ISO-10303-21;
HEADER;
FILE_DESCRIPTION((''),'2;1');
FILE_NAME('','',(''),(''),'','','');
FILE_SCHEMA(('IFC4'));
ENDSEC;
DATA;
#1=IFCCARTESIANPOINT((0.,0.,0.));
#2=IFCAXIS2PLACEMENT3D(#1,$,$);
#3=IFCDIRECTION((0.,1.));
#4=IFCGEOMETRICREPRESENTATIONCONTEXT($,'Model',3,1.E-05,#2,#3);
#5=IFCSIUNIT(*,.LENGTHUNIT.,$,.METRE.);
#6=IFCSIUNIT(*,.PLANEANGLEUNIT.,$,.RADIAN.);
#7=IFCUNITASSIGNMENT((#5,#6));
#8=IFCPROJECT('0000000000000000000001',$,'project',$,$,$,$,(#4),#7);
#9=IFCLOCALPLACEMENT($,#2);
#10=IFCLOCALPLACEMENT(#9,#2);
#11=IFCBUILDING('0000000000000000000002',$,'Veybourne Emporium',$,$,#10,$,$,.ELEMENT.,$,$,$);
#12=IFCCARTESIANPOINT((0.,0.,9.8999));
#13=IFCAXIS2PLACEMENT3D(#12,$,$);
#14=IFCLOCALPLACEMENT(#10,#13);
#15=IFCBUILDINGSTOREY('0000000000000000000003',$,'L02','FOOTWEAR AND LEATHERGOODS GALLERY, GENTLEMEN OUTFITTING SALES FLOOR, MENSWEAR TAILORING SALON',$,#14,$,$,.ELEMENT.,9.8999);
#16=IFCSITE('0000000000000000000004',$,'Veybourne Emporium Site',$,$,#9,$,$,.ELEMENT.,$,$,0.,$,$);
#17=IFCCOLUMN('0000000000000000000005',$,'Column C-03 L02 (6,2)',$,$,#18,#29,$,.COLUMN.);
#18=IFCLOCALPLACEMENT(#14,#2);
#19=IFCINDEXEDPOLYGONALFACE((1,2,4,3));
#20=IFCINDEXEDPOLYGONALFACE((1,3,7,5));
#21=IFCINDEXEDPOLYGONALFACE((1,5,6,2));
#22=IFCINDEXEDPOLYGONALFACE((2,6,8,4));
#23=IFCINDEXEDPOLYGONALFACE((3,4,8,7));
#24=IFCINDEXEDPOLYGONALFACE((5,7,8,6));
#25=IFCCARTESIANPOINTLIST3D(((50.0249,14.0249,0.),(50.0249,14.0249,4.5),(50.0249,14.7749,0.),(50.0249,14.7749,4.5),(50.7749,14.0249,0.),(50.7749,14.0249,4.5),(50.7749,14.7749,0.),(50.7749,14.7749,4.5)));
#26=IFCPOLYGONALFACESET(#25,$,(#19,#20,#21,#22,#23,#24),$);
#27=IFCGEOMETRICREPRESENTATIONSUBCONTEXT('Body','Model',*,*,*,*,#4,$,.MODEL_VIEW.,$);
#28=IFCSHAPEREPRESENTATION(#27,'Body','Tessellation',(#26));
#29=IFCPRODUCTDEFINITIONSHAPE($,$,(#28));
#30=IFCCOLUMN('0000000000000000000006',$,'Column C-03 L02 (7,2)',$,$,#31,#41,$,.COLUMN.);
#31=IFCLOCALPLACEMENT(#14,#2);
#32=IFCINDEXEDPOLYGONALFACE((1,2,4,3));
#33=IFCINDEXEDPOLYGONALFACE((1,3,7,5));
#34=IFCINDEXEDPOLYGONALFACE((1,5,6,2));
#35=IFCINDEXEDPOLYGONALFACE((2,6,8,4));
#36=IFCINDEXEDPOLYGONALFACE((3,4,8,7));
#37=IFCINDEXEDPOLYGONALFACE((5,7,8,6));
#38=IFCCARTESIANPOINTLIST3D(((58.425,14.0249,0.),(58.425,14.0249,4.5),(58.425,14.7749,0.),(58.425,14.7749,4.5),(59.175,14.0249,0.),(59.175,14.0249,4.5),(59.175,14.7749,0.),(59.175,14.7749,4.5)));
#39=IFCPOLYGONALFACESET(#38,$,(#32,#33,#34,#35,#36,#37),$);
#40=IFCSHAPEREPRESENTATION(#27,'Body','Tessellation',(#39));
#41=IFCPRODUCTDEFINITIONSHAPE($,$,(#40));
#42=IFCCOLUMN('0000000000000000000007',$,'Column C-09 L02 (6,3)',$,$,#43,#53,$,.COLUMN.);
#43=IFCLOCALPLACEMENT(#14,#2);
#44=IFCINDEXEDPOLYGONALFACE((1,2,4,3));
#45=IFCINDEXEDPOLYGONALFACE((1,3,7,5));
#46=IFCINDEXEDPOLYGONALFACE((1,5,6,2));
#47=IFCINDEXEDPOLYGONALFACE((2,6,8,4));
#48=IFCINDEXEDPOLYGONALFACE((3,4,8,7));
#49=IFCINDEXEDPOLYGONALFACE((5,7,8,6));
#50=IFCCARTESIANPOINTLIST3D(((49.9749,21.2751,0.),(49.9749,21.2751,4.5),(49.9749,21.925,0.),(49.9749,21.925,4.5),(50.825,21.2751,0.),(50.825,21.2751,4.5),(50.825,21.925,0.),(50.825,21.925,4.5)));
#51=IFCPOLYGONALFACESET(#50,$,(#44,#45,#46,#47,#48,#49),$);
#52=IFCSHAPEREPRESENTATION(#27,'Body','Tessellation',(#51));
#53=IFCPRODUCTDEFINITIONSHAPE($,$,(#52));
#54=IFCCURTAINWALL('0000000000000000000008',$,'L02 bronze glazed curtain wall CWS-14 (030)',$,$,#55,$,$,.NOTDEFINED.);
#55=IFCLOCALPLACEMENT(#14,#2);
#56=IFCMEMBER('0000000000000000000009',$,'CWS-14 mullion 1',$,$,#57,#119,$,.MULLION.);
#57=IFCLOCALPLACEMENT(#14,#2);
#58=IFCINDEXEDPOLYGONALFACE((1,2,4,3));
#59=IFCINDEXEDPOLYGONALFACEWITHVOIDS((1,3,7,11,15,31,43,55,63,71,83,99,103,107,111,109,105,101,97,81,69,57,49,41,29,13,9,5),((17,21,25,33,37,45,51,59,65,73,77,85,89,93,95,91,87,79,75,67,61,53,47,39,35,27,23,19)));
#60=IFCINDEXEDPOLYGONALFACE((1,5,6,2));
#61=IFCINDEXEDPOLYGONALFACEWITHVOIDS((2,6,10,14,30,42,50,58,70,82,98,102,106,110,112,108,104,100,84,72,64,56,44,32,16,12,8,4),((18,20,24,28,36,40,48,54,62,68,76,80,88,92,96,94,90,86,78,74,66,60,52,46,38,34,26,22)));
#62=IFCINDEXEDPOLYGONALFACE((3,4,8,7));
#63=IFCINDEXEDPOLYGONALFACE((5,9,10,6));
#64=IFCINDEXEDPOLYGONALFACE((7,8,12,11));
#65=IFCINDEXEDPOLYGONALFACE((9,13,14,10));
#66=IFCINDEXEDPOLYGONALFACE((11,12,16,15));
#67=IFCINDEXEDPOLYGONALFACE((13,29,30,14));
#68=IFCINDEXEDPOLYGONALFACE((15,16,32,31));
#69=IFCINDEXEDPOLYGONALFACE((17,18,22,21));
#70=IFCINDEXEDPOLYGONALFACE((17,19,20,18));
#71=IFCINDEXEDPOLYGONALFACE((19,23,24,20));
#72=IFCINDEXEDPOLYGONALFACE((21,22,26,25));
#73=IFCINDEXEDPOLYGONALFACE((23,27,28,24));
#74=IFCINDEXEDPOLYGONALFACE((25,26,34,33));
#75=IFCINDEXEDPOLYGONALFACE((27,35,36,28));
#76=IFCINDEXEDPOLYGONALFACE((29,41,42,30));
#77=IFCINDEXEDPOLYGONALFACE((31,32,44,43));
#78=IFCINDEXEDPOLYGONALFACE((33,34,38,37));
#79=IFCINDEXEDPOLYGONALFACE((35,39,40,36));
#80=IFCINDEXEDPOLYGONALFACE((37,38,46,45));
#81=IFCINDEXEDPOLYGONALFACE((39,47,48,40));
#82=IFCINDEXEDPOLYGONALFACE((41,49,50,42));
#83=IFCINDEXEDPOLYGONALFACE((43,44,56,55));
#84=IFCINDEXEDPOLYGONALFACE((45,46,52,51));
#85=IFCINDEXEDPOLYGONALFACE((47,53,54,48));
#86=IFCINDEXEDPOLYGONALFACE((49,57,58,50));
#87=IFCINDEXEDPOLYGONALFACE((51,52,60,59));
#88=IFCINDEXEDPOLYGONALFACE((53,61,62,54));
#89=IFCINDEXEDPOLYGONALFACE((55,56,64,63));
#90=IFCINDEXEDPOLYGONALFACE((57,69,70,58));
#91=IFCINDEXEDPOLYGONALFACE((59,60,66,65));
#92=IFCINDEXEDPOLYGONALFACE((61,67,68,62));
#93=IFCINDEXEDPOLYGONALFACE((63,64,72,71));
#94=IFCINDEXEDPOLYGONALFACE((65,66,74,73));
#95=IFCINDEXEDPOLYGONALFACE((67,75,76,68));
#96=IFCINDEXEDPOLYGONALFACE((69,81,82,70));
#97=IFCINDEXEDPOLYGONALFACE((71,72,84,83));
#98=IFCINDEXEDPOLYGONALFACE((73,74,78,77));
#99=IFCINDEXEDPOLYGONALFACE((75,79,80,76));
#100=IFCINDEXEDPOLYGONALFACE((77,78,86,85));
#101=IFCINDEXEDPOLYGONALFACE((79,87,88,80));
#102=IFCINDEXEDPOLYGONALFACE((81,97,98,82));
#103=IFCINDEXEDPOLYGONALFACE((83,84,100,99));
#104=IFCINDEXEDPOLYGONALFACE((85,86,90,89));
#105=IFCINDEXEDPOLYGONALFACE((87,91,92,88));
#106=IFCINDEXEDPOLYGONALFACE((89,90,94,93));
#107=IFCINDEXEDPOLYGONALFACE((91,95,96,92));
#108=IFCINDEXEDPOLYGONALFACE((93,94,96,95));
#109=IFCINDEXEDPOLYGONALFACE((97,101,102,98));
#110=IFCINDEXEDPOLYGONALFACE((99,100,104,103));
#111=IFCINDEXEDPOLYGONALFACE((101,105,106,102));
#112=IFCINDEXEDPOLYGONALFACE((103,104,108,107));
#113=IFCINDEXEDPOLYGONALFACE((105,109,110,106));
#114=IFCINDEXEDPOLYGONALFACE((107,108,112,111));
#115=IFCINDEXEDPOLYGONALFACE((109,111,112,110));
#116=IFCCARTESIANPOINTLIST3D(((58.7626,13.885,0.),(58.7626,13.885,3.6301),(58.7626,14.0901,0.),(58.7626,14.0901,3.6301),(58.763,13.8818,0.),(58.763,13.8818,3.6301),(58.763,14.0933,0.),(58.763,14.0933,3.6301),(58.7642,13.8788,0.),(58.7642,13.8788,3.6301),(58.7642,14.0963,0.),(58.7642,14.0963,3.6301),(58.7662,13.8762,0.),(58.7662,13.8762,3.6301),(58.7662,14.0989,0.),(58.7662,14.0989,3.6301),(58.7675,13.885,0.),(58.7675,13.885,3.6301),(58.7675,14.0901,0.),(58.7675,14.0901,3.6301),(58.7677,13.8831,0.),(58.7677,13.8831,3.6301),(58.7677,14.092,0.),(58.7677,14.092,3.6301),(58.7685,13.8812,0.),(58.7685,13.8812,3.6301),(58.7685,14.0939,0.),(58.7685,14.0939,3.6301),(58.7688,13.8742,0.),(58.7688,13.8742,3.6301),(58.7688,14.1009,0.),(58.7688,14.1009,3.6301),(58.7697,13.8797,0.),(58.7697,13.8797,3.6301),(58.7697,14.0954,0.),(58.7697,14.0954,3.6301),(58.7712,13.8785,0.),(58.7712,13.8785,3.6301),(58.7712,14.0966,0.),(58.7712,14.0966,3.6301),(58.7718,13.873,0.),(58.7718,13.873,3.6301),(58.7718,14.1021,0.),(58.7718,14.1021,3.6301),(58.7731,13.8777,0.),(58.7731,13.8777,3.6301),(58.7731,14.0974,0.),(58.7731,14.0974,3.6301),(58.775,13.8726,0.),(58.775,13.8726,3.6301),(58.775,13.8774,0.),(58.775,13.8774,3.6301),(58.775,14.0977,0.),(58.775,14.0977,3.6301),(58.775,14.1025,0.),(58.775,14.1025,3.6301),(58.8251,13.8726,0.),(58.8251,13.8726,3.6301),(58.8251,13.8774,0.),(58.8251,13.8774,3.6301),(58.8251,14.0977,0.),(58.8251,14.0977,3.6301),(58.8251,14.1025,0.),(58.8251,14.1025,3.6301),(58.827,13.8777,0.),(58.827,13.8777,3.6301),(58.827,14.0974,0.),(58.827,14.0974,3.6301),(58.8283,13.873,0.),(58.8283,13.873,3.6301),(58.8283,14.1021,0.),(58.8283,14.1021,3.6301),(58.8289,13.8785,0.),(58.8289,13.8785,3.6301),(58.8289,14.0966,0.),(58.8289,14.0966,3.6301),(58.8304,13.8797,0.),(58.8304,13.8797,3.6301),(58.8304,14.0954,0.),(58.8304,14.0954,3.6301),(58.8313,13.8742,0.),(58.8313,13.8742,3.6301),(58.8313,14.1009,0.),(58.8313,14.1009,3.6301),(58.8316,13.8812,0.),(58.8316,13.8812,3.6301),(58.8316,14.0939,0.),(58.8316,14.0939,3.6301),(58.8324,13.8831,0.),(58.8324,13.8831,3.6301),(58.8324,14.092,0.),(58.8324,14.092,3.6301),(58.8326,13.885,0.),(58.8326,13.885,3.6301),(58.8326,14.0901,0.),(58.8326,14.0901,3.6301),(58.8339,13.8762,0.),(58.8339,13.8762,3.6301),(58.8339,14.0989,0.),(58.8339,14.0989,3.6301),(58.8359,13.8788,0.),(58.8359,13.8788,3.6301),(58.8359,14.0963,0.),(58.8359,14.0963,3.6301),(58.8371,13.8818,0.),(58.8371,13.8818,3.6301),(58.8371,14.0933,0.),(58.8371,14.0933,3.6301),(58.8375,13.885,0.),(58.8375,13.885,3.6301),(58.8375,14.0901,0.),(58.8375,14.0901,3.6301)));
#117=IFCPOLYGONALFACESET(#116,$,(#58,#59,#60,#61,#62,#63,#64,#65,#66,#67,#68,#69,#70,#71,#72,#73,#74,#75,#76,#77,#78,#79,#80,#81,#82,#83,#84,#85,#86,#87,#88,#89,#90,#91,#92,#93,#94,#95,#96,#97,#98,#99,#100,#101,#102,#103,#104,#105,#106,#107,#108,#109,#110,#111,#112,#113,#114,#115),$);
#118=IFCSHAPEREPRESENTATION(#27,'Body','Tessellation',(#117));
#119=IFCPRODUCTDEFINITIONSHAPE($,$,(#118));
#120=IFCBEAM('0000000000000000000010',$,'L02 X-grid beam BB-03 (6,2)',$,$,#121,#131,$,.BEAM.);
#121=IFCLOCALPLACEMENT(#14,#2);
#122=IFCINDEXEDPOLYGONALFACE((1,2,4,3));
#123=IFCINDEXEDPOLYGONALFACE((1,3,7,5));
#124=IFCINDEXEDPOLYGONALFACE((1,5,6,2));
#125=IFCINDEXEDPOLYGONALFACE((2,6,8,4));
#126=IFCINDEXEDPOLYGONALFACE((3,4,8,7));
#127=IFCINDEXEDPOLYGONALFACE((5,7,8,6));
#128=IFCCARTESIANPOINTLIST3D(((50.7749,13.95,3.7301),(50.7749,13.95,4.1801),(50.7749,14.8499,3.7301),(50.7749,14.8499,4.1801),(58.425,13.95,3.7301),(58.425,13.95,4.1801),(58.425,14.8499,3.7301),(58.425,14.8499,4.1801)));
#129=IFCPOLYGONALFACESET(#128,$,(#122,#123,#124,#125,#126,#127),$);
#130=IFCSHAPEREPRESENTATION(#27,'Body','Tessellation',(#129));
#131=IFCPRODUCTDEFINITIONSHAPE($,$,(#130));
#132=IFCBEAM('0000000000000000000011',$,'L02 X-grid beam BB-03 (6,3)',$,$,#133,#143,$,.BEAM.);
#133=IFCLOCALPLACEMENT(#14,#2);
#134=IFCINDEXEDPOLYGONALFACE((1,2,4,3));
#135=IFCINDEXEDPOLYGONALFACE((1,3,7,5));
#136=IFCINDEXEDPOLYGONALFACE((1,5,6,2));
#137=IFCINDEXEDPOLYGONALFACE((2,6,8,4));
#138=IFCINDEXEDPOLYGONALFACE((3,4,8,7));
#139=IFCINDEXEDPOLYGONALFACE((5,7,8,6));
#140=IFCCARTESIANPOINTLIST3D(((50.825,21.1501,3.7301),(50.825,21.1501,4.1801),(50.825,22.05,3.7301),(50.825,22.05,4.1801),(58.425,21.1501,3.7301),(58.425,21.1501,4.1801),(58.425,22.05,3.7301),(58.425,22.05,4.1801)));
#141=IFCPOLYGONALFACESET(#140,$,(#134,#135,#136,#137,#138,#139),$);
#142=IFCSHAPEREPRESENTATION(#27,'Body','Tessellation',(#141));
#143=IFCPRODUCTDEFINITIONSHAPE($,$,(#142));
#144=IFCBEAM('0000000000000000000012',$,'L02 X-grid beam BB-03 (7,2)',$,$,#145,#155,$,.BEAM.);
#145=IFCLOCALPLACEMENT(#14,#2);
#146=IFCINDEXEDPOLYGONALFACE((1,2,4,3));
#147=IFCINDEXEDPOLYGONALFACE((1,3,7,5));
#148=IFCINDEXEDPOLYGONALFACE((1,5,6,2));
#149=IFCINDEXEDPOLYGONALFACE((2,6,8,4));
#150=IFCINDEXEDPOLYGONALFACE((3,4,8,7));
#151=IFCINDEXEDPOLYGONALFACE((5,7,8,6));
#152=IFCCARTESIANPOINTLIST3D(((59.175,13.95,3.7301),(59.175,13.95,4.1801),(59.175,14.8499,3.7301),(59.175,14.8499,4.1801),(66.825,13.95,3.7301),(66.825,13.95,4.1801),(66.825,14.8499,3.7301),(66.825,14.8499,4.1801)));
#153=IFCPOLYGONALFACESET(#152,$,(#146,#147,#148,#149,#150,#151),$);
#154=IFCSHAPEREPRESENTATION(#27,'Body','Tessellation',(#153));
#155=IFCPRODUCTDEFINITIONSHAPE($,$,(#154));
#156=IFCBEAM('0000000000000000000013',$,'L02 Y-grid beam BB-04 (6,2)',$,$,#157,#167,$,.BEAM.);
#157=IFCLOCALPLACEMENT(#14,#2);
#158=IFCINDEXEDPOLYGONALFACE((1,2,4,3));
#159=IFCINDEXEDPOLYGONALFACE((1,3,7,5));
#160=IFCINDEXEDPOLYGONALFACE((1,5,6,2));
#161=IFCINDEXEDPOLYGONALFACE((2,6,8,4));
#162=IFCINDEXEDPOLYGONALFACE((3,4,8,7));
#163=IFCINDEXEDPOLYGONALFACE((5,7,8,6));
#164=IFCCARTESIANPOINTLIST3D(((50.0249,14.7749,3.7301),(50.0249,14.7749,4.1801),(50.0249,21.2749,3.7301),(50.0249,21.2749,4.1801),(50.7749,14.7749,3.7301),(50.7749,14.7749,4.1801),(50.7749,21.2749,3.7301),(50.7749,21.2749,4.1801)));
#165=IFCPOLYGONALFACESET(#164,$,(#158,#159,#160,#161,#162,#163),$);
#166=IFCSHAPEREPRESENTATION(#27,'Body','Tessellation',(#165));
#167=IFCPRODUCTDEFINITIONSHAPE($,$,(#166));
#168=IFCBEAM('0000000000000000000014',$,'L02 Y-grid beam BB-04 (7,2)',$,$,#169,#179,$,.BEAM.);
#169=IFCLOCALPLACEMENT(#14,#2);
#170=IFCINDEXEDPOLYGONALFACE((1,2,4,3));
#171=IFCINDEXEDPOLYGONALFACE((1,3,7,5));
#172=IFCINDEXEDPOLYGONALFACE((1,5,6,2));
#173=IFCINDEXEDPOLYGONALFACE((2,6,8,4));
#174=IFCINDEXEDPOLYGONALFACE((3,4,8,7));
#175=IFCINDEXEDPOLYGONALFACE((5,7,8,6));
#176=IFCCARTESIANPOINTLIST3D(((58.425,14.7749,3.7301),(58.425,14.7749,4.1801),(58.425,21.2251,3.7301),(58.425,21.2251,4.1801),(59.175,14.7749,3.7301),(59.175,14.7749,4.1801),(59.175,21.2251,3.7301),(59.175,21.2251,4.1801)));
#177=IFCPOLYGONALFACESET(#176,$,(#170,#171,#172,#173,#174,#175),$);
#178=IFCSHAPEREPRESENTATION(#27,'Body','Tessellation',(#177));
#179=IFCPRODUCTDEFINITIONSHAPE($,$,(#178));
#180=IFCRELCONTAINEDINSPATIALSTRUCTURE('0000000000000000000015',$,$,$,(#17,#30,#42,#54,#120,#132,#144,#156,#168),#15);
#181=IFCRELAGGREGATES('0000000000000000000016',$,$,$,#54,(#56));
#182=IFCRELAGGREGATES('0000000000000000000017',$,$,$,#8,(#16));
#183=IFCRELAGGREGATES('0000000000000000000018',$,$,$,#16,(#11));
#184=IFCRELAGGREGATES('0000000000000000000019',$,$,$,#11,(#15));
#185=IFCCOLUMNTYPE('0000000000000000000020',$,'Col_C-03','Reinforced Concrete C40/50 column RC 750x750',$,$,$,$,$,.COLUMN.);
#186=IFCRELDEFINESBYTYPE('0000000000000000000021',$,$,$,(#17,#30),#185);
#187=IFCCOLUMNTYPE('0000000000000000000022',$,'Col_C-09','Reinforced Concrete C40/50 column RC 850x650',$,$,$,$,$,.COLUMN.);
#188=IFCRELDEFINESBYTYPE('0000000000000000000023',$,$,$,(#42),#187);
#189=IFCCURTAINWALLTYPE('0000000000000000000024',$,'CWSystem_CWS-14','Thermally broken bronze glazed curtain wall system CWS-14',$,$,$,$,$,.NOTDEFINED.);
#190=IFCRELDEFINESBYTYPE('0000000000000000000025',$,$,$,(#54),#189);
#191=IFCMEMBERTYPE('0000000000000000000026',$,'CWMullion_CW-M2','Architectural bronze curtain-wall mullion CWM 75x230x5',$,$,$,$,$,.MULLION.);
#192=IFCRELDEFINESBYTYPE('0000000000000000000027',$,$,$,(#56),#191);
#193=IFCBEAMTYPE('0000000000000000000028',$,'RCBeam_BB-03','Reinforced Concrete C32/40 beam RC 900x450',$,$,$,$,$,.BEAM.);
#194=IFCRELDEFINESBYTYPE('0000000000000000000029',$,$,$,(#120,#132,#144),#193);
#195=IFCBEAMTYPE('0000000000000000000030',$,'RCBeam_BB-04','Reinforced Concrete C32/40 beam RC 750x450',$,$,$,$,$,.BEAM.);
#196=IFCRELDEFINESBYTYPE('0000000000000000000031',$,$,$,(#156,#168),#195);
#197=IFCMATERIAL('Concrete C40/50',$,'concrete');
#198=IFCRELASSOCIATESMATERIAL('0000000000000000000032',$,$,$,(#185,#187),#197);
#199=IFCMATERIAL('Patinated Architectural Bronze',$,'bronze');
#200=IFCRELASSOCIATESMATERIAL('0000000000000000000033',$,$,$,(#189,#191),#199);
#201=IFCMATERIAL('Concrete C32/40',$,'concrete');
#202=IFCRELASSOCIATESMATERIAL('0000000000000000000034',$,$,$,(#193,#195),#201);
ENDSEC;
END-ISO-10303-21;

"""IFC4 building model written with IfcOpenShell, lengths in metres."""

from ifc_helpers import new_model, si_unit, direction, frame, origin, origin_2d, place, context, subcontext, project, spatial, rectangle, hollow_rectangle, extrude, material, material_profile, profile_set, type_object, element, aggregate, save


model = new_model("IFC4")

# Units and contexts
model_context = context("Model", 3, precision=1e-05, world=origin(), true_north=direction((0.0, 1.0)))
body_context = subcontext(model_context, "Body", "Model", "MODEL_VIEW")
ifc_project = project(units=[si_unit("LENGTHUNIT", "METRE"), si_unit("PLANEANGLEUNIT", "RADIAN")], contexts=[model_context])

# Site, building, storey
site_placement = place(None, origin())
site = spatial("IfcSite", under=ifc_project, at=site_placement, Name="Veybourne Emporium Site", CompositionType="ELEMENT", RefElevation=0.0)
building_placement = place(site_placement, origin())
building = spatial("IfcBuilding", under=site, at=building_placement, Name="Veybourne Emporium", CompositionType="ELEMENT")
storey_placement = place(building_placement, frame((0.0, 0.0, 9.8999)))
storey = spatial("IfcBuildingStorey", under=building, at=storey_placement, Name="L02", Description="FOOTWEAR AND LEATHERGOODS GALLERY, GENTLEMEN OUTFITTING SALES FLOOR, MENSWEAR TAILORING SALON", CompositionType="ELEMENT", Elevation=9.8999)

# Columns
ifc_material_1 = material(Name="Concrete C40/50", Category="concrete")
ifc_material_profile_1 = material_profile(ifc_material_1, rectangle(XDim=0.75, YDim=0.75, at=origin_2d()), Name="RC 750x750")
ifc_profile_set_1 = profile_set([ifc_material_profile_1], Name="Concrete C40/50")
column_type_1 = type_object("IfcColumnType", Name="Col_C-03", Description="Reinforced Concrete C40/50 column RC 750x750", PredefinedType="COLUMN", material=ifc_profile_set_1)
for number, where, z_axis, x_axis, name in (
    (1, (50.3999, 14.3999, 0.0), (0.0, 0.0, 1.0), (1.0, 0.0, 0.0), "Column C-03 L02 (6,2)"),
    (2, (58.8, 14.3999, 0.0), (0.0, 0.0, 1.0), (1.0, 0.0, 0.0), "Column C-03 L02 (7,2)"),
):
    element("IfcColumn", number, at=place(storey_placement, frame(where, z_axis=z_axis, x_axis=x_axis)), inside=storey, type_object=column_type_1, Name=name, PredefinedType="COLUMN", context=body_context, shape_type="SweptSolid", body=[
        extrude(rectangle(XDim=0.75, YDim=0.75, at=origin_2d()), origin(), (0.0, 0.0, 1.0), 4.5),
    ])
ifc_material_profile_2 = material_profile(ifc_material_1, rectangle(XDim=0.8501, YDim=0.6499, at=origin_2d()), Name="RC 850x650")
ifc_profile_set_2 = profile_set([ifc_material_profile_2], Name="Concrete C40/50")
column_type_2 = type_object("IfcColumnType", Name="Col_C-09", Description="Reinforced Concrete C40/50 column RC 850x650", PredefinedType="COLUMN", material=ifc_profile_set_2)
column_placement = place(storey_placement, frame((50.3999, 21.6001, 0.0), z_axis=(0.0, 0.0, 1.0), x_axis=(1.0, 0.0, 0.0)))
element("IfcColumn", 3, at=column_placement, inside=storey, type_object=column_type_2, Name="Column C-09 L02 (6,3)", PredefinedType="COLUMN", context=body_context, shape_type="SweptSolid", body=[
    extrude(rectangle(XDim=0.8501, YDim=0.6499, at=origin_2d()), origin(), (0.0, 0.0, 1.0), 4.5),
])

# Curtain wall, member
ifc_material_2 = material(Name="Patinated Architectural Bronze", Category="bronze")
curtain_wall_type = type_object("IfcCurtainWallType", Name="CWSystem_CWS-14", Description="Thermally broken bronze glazed curtain wall system CWS-14", PredefinedType="NOTDEFINED", material=ifc_material_2)
curtain_wall_placement = place(storey_placement, origin())
curtain_wall = element("IfcCurtainWall", 4, at=curtain_wall_placement, inside=storey, type_object=curtain_wall_type, Name="L02 bronze glazed curtain wall CWS-14 (030)", PredefinedType="NOTDEFINED")
ifc_material_profile_3 = material_profile(ifc_material_2, hollow_rectangle(XDim=0.075, YDim=0.23, WallThickness=0.0049, InnerFilletRadius=0.0076, OuterFilletRadius=0.0125, at=origin_2d()), Name="CWM 75x230x5")
ifc_profile_set_3 = profile_set([ifc_material_profile_3], Name="Patinated Architectural Bronze")
member_type = type_object("IfcMemberType", Name="CWMullion_CW-M2", Description="Architectural bronze curtain-wall mullion CWM 75x230x5", PredefinedType="MULLION", material=ifc_profile_set_3)
member_placement = place(storey_placement, frame((58.8, 13.9875, 0.0), z_axis=(0.0, 0.0, 1.0), x_axis=(1.0, 0.0, 0.0)))
member = element("IfcMember", 5, at=member_placement, type_object=member_type, Name="CWS-14 mullion 1", PredefinedType="MULLION", context=body_context, shape_type="SweptSolid", body=[
    extrude(hollow_rectangle(XDim=0.075, YDim=0.23, WallThickness=0.0049, InnerFilletRadius=0.0076, OuterFilletRadius=0.0125, at=origin_2d()), origin(), (0.0, 0.0, 1.0), 3.6301),
])
aggregate(curtain_wall, [member])

# Beams
ifc_material_3 = material(Name="Concrete C32/40", Category="concrete")
ifc_material_profile_4 = material_profile(ifc_material_3, rectangle(XDim=0.8999, YDim=0.45, at=origin_2d()), Name="RC 900x450")
ifc_profile_set_4 = profile_set([ifc_material_profile_4], Name="Concrete C32/40")
beam_type_1 = type_object("IfcBeamType", Name="RCBeam_BB-03", Description="Reinforced Concrete C32/40 beam RC 900x450", PredefinedType="BEAM", material=ifc_profile_set_4)
beam_1_placement = place(storey_placement, frame((50.7749, 14.3999, 3.9551), z_axis=(1.0, 0.0, 0.0), x_axis=(0.0, 1.0, 0.0)))
element("IfcBeam", 6, at=beam_1_placement, inside=storey, type_object=beam_type_1, Name="L02 X-grid beam BB-03 (6,2)", PredefinedType="BEAM", context=body_context, shape_type="SweptSolid", body=[
    extrude(rectangle(XDim=0.8999, YDim=0.45, at=origin_2d()), origin(), (0.0, 0.0, 1.0), 7.6501),
])
beam_2_placement = place(storey_placement, frame((50.825, 21.6001, 3.9551), z_axis=(1.0, 0.0, 0.0), x_axis=(0.0, 1.0, 0.0)))
element("IfcBeam", 7, at=beam_2_placement, inside=storey, type_object=beam_type_1, Name="L02 X-grid beam BB-03 (6,3)", PredefinedType="BEAM", context=body_context, shape_type="SweptSolid", body=[
    extrude(rectangle(XDim=0.8999, YDim=0.45, at=origin_2d()), origin(), (0.0, 0.0, 1.0), 7.6001),
])
beam_3_placement = place(storey_placement, frame((59.175, 14.3999, 3.9551), z_axis=(1.0, 0.0, 0.0), x_axis=(0.0, 1.0, 0.0)))
element("IfcBeam", 8, at=beam_3_placement, inside=storey, type_object=beam_type_1, Name="L02 X-grid beam BB-03 (7,2)", PredefinedType="BEAM", context=body_context, shape_type="SweptSolid", body=[
    extrude(rectangle(XDim=0.8999, YDim=0.45, at=origin_2d()), origin(), (0.0, 0.0, 1.0), 7.6499),
])
ifc_material_profile_5 = material_profile(ifc_material_3, rectangle(XDim=0.75, YDim=0.45, at=origin_2d()), Name="RC 750x450")
ifc_profile_set_5 = profile_set([ifc_material_profile_5], Name="Concrete C32/40")
beam_type_2 = type_object("IfcBeamType", Name="RCBeam_BB-04", Description="Reinforced Concrete C32/40 beam RC 750x450", PredefinedType="BEAM", material=ifc_profile_set_5)
beam_4_placement = place(storey_placement, frame((50.3999, 14.7749, 3.9551), z_axis=(0.0, 1.0, 0.0), x_axis=(-1.0, 0.0, 0.0)))
element("IfcBeam", 9, at=beam_4_placement, inside=storey, type_object=beam_type_2, Name="L02 Y-grid beam BB-04 (6,2)", PredefinedType="BEAM", context=body_context, shape_type="SweptSolid", body=[
    extrude(rectangle(XDim=0.75, YDim=0.45, at=origin_2d()), origin(), (0.0, 0.0, 1.0), 6.5),
])
beam_5_placement = place(storey_placement, frame((58.8, 14.7749, 3.9551), z_axis=(0.0, 1.0, 0.0), x_axis=(-1.0, 0.0, 0.0)))
element("IfcBeam", 10, at=beam_5_placement, inside=storey, type_object=beam_type_2, Name="L02 Y-grid beam BB-04 (7,2)", PredefinedType="BEAM", context=body_context, shape_type="SweptSolid", body=[
    extrude(rectangle(XDim=0.75, YDim=0.45, at=origin_2d()), origin(), (0.0, 0.0, 1.0), 6.4502),
])

save(model, "model.ifc")
